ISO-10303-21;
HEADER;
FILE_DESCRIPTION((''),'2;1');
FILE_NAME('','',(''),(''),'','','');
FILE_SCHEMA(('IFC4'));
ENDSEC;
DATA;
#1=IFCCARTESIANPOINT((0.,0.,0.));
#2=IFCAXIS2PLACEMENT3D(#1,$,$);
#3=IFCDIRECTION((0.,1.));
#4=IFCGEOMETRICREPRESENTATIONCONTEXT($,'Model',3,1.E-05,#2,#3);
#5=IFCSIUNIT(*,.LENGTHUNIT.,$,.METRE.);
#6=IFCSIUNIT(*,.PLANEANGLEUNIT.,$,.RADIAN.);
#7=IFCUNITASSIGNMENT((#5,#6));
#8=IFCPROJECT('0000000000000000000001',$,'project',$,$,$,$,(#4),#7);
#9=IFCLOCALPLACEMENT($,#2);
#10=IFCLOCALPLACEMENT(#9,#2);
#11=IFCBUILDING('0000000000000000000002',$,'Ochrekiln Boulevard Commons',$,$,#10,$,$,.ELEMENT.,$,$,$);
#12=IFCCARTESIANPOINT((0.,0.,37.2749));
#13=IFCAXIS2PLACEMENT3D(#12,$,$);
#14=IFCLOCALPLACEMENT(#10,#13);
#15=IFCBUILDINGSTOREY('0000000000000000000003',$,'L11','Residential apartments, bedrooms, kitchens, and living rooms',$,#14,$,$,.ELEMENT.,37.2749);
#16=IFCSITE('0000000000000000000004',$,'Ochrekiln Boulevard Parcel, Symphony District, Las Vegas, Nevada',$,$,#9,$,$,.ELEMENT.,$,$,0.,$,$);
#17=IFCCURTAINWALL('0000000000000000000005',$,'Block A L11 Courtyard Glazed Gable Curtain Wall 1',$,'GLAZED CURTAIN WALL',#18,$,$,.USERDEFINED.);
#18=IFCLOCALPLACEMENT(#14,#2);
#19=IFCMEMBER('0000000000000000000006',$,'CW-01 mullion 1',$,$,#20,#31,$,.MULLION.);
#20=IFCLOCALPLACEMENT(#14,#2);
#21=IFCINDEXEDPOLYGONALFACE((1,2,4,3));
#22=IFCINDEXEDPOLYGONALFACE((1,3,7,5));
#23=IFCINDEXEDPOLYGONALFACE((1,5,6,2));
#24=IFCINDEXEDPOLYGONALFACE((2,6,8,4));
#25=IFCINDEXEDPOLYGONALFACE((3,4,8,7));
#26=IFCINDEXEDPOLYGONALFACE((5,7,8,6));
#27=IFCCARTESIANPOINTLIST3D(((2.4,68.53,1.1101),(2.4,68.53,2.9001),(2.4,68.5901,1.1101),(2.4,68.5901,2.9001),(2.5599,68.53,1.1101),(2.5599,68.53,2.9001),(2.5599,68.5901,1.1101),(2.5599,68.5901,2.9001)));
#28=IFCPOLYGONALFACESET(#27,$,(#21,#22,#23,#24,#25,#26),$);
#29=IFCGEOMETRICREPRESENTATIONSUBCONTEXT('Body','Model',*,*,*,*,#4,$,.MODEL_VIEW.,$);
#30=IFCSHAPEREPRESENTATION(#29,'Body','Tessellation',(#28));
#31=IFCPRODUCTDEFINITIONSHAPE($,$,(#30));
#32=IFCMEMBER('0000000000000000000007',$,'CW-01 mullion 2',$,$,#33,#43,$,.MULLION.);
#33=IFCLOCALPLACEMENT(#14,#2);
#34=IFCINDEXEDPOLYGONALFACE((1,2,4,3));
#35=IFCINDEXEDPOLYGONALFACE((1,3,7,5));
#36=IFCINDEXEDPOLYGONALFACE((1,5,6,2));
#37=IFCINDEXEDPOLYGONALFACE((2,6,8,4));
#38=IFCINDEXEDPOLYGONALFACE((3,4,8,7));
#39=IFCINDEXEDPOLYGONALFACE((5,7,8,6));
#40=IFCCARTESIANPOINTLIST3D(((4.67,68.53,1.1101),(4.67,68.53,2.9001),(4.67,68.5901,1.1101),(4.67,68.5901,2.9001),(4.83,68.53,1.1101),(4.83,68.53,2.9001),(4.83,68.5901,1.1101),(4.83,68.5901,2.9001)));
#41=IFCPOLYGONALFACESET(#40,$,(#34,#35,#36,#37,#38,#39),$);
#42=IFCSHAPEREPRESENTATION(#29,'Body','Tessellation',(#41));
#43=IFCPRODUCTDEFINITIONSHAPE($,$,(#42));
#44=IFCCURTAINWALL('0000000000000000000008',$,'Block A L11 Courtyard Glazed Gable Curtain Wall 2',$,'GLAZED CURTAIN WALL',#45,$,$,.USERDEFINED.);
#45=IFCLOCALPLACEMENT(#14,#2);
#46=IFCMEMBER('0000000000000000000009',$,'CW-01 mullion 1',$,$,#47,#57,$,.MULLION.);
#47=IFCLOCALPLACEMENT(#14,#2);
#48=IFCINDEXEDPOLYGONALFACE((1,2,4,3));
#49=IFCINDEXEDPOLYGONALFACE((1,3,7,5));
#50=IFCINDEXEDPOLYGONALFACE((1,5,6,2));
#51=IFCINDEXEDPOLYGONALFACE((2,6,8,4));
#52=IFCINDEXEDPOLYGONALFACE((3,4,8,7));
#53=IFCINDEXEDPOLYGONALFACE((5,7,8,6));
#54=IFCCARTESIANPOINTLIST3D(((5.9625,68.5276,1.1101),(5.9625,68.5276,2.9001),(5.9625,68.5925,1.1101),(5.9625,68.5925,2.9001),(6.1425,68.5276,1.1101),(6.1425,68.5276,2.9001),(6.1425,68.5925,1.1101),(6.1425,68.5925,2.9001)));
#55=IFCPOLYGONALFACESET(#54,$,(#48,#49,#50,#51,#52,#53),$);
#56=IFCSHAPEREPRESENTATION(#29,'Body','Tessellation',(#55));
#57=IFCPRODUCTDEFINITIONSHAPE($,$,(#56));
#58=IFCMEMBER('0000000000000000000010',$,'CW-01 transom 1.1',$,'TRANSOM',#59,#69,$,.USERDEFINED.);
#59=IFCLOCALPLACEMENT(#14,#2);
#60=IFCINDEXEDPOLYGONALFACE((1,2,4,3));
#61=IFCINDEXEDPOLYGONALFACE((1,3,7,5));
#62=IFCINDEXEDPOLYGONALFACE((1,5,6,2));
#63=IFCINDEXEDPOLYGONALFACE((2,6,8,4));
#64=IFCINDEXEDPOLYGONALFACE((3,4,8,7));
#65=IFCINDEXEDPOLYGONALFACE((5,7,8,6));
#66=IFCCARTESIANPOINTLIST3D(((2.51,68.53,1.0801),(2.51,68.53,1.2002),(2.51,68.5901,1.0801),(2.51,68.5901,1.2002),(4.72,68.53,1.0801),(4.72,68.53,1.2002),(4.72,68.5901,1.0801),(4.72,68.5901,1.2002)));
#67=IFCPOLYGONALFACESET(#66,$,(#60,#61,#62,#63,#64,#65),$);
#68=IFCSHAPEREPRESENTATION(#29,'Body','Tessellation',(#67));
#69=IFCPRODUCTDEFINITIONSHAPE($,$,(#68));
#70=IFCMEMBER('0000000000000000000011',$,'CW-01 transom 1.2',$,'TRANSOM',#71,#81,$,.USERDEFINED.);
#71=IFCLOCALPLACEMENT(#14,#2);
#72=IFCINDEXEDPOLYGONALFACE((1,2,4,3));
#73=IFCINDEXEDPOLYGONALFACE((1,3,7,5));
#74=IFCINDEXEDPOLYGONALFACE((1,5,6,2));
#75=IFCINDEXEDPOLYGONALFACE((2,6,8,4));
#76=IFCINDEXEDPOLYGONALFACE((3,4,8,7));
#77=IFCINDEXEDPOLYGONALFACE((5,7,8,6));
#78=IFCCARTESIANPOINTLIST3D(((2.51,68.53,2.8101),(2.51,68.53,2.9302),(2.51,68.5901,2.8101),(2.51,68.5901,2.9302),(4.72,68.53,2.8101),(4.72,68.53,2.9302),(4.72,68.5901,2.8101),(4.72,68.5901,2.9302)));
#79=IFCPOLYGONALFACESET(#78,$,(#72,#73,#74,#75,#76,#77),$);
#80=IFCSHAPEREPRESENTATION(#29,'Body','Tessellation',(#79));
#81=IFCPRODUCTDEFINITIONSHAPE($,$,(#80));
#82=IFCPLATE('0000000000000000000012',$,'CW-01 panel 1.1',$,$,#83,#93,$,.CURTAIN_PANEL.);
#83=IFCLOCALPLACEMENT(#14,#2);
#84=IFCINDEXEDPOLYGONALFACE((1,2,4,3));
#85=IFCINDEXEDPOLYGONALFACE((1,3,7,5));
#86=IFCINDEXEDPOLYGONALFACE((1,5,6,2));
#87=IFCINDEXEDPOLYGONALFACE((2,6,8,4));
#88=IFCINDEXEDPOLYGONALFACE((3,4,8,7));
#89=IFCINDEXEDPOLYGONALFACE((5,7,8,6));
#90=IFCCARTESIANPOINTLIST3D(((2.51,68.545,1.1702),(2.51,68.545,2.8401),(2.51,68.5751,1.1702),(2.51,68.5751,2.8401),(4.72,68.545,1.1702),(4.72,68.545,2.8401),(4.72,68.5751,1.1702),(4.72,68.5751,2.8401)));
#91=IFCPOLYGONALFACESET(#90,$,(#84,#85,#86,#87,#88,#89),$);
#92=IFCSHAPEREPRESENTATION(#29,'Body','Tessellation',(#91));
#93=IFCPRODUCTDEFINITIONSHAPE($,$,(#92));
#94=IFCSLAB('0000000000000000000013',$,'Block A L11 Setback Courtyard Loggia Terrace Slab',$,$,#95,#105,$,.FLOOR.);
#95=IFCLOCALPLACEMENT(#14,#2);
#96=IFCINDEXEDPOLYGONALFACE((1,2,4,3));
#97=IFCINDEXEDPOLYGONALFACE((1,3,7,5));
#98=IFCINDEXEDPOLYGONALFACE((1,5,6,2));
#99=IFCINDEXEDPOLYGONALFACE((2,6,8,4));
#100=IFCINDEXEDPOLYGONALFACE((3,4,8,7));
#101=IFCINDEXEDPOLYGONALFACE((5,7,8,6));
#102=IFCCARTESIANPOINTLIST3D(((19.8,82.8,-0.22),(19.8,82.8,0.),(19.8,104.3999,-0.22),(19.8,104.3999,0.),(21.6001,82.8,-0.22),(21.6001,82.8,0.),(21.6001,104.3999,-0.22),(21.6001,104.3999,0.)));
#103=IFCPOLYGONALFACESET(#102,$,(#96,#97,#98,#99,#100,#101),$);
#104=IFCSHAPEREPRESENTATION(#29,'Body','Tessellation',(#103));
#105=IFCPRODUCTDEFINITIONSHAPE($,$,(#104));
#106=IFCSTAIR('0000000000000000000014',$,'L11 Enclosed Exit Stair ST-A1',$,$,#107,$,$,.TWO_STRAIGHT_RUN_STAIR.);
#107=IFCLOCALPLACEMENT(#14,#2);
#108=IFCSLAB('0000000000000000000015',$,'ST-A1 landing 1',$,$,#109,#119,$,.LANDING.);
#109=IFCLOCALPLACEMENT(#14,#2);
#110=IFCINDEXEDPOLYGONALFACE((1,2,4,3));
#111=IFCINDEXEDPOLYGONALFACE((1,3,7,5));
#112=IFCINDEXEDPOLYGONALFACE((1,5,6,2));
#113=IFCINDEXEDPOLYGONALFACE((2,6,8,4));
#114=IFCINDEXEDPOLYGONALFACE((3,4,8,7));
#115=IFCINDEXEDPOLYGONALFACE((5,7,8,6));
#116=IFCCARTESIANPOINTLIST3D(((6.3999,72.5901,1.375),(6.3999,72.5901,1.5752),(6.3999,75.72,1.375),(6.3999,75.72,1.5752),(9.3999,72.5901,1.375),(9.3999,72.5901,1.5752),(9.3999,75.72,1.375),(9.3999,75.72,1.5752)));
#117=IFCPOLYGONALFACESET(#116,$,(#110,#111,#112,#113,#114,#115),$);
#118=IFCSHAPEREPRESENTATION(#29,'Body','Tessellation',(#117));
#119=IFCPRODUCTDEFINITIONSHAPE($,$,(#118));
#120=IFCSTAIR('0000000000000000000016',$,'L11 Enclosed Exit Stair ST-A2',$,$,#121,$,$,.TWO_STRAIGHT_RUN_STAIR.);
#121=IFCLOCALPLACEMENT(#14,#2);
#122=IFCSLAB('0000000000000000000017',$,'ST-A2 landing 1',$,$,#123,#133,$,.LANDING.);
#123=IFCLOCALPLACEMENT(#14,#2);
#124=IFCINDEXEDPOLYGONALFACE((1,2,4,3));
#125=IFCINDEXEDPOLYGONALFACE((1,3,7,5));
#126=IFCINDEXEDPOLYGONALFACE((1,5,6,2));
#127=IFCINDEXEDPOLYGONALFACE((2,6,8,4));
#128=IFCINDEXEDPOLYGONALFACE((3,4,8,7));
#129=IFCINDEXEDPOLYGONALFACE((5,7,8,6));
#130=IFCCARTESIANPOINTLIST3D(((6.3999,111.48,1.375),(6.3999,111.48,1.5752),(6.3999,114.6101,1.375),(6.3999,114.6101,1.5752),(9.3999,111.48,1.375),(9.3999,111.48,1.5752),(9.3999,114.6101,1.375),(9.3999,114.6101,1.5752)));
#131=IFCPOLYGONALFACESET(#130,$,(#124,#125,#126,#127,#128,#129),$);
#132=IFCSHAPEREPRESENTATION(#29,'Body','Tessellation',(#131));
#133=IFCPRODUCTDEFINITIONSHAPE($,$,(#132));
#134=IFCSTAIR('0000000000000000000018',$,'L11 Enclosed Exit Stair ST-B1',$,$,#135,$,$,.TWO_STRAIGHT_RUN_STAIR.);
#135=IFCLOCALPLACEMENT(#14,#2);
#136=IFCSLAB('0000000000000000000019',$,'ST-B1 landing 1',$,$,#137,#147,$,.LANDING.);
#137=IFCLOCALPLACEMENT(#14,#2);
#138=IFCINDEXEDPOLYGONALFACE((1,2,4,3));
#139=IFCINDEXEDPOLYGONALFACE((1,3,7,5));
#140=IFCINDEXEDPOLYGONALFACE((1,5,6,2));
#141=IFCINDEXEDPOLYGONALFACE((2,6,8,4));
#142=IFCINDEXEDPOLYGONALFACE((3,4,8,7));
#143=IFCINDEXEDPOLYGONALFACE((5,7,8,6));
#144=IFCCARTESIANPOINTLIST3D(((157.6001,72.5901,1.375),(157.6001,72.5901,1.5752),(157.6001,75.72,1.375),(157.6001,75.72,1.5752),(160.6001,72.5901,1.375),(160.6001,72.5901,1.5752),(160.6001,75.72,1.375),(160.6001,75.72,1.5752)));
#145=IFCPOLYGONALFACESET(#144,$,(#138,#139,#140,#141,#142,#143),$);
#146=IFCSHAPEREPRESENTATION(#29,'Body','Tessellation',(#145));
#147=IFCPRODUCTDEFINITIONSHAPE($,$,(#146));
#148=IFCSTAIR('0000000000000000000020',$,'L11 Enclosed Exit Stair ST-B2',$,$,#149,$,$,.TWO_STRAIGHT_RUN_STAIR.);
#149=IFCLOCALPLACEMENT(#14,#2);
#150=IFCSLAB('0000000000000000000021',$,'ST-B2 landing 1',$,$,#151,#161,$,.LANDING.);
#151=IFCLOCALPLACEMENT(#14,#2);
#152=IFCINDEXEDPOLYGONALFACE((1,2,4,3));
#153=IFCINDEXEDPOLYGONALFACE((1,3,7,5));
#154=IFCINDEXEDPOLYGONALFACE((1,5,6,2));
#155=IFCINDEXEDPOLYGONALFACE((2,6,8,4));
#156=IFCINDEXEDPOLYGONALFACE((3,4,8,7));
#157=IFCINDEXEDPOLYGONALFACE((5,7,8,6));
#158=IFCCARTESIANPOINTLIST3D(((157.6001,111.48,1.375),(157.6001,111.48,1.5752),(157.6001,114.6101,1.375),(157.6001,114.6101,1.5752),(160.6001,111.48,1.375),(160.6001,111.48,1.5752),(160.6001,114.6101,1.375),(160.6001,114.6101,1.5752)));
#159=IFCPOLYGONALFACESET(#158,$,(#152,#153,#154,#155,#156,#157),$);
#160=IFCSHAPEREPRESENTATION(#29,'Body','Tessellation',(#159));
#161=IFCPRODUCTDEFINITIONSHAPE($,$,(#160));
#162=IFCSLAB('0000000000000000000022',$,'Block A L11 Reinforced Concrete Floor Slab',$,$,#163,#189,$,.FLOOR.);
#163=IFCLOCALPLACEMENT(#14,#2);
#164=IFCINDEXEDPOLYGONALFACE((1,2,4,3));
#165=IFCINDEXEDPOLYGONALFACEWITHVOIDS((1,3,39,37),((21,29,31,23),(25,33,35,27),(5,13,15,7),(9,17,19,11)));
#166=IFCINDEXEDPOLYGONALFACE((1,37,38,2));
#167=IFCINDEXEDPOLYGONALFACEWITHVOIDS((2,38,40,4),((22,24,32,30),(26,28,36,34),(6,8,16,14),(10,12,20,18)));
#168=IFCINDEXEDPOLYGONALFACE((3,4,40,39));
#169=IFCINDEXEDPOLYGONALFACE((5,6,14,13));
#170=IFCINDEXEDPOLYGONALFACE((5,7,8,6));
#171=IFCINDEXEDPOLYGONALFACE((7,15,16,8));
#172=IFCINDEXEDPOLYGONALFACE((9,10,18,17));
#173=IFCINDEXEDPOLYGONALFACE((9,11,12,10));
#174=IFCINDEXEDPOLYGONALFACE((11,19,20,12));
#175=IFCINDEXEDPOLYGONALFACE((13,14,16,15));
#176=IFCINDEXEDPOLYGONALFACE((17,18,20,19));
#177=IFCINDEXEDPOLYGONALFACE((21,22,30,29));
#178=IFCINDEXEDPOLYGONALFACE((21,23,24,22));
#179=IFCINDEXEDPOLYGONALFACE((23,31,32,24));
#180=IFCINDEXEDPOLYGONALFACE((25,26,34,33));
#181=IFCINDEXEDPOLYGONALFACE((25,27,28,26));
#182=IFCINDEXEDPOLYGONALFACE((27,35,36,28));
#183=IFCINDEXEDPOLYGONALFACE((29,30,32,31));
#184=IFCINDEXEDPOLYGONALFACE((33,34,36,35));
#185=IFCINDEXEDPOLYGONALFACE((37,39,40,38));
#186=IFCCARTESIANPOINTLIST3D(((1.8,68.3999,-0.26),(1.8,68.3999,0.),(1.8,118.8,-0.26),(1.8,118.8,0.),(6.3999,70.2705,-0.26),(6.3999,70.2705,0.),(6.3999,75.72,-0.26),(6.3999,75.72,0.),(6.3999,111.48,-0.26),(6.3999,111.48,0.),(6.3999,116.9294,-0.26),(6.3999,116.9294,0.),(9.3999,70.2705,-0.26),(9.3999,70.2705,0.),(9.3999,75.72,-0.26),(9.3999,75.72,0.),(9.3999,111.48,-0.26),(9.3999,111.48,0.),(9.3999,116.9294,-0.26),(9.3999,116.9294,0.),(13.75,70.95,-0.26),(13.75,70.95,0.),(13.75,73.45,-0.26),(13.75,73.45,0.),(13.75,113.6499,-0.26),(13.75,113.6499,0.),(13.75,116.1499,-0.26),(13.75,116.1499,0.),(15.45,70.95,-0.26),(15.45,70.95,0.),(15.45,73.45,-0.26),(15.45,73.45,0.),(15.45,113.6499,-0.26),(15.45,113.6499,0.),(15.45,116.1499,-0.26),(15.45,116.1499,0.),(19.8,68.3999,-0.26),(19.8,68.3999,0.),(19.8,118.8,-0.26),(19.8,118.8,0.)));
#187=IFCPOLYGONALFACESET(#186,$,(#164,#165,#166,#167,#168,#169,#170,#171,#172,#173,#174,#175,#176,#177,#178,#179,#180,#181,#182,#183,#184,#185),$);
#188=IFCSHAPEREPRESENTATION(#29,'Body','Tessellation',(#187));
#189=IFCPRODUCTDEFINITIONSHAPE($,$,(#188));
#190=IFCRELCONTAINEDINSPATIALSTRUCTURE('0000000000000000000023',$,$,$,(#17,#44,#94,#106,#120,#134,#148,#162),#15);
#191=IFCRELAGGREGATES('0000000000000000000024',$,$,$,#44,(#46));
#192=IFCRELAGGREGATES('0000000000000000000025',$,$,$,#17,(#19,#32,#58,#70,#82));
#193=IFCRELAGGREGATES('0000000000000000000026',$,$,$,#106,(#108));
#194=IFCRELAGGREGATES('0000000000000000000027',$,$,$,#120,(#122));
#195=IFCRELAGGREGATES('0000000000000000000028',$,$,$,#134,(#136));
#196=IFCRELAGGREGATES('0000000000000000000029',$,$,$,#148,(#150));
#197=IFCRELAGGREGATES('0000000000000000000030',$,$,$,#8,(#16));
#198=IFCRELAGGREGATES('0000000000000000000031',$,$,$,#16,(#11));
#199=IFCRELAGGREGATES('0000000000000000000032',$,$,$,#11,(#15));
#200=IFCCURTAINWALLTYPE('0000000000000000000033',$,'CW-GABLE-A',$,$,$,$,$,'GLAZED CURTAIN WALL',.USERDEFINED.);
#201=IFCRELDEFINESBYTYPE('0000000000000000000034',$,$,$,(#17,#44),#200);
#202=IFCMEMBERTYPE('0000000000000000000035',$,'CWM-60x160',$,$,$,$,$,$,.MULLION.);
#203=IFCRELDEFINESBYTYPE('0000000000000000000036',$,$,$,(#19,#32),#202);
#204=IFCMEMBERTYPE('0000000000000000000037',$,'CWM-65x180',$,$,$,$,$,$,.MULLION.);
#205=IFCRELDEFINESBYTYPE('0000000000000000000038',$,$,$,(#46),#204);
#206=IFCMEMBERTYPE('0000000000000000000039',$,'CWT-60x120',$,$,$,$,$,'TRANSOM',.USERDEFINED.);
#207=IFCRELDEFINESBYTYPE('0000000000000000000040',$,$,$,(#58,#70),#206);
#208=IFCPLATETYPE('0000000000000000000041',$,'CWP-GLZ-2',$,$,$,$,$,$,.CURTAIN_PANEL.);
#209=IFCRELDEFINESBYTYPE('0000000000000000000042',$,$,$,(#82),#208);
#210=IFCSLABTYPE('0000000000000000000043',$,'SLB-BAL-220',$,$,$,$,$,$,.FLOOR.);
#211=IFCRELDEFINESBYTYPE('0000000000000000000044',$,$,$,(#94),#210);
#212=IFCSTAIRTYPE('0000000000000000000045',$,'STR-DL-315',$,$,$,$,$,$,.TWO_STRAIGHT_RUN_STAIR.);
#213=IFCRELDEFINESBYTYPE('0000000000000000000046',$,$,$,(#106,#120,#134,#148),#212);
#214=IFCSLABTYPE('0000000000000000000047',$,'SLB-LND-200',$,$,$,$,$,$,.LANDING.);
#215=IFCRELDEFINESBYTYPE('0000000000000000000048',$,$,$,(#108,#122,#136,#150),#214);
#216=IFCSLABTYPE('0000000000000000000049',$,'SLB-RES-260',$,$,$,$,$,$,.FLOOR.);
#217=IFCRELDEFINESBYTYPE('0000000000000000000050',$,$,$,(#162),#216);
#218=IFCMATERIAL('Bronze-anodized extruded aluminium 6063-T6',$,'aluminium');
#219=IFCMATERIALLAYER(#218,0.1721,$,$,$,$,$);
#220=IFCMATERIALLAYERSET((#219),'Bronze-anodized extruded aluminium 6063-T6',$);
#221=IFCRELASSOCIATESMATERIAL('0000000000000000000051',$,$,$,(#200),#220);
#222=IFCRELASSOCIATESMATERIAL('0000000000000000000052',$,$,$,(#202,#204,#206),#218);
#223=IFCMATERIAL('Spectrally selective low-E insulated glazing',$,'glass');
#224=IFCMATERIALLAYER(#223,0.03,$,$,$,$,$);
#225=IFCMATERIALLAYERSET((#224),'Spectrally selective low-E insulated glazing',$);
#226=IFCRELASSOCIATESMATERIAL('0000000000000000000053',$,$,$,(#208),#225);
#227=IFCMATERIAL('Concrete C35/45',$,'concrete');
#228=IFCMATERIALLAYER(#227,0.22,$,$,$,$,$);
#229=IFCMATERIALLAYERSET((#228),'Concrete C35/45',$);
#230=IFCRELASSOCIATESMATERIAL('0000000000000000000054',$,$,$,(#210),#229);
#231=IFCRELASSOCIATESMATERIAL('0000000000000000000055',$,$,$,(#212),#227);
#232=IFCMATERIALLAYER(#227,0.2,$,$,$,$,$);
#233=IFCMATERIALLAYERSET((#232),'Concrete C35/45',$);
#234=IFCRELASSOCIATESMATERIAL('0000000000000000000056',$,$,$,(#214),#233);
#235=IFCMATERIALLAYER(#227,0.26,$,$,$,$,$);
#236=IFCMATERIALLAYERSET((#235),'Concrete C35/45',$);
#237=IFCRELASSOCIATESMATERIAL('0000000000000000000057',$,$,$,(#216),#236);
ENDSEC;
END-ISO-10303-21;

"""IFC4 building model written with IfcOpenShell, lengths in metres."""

from ifc_helpers import new_model, si_unit, direction, frame, origin, origin_2d, place, context, subcontext, project, spatial, polyline, rectangle, outline, extrude, material, layer, layer_set, material_profile, profile_set, type_object, element, aggregate, save


model = new_model("IFC4")

# Units and contexts
model_context = context("Model", 3, precision=1e-05, world=origin(), true_north=direction((0.0, 1.0)))
body_context = subcontext(model_context, "Body", "Model", "MODEL_VIEW")
ifc_project = project(units=[si_unit("LENGTHUNIT", "METRE"), si_unit("PLANEANGLEUNIT", "RADIAN")], contexts=[model_context])

# Site, building, storey
site_placement = place(None, origin())
site = spatial("IfcSite", under=ifc_project, at=site_placement, Name="Ochrekiln Boulevard Parcel, Symphony District, Las Vegas, Nevada", CompositionType="ELEMENT", RefElevation=0.0)
building_placement = place(site_placement, origin())
building = spatial("IfcBuilding", under=site, at=building_placement, Name="Ochrekiln Boulevard Commons", CompositionType="ELEMENT")
storey_placement = place(building_placement, frame((0.0, 0.0, 37.2749)))
storey = spatial("IfcBuildingStorey", under=building, at=storey_placement, Name="L11", Description="Residential apartments, bedrooms, kitchens, and living rooms", CompositionType="ELEMENT", Elevation=37.2749)

# Curtain wall, members
ifc_material_1 = material(Name="Bronze-anodized extruded aluminium 6063-T6", Category="aluminium")
ifc_layer_1 = layer(ifc_material_1, 0.1721)
ifc_layer_set_1 = layer_set([ifc_layer_1], Name="Bronze-anodized extruded aluminium 6063-T6")
curtain_wall_type = type_object("IfcCurtainWallType", Name="CW-GABLE-A", ElementType="GLAZED CURTAIN WALL", PredefinedType="USERDEFINED", material=ifc_layer_set_1)
curtain_wall_1_placement = place(storey_placement, origin())
curtain_wall_1 = element("IfcCurtainWall", 1, at=curtain_wall_1_placement, inside=storey, type_object=curtain_wall_type, Name="Block A L11 Courtyard Glazed Gable Curtain Wall 1", ObjectType="GLAZED CURTAIN WALL", PredefinedType="USERDEFINED")
ifc_material_profile_1 = material_profile(ifc_material_1, rectangle(XDim=0.0601, YDim=0.1599, at=origin_2d()), Name="ALU-MUL-60x160")
ifc_profile_set_1 = profile_set([ifc_material_profile_1], Name="Bronze-anodized extruded aluminium 6063-T6")
member_type_1 = type_object("IfcMemberType", Name="CWM-60x160", PredefinedType="MULLION", material=ifc_profile_set_1)
member_1_placement = place(storey_placement, frame((2.48, 68.5601, 1.1101), z_axis=(0.0, 0.0, 1.0), x_axis=(0.0, 1.0, 0.0)))
member_1 = element("IfcMember", 2, at=member_1_placement, type_object=member_type_1, Name="CW-01 mullion 1", PredefinedType="MULLION", context=body_context, shape_type="SweptSolid", body=[
    extrude(rectangle(XDim=0.0601, YDim=0.1599, at=origin_2d()), origin(), (0.0, 0.0, 1.0), 1.79),
])
member_2_placement = place(storey_placement, frame((4.75, 68.5601, 1.1101), z_axis=(0.0, 0.0, 1.0), x_axis=(0.0, 1.0, 0.0)))
member_2 = element("IfcMember", 3, at=member_2_placement, type_object=member_type_1, Name="CW-01 mullion 2", PredefinedType="MULLION", context=body_context, shape_type="SweptSolid", body=[
    extrude(rectangle(XDim=0.0601, YDim=0.1599, at=origin_2d()), origin(), (0.0, 0.0, 1.0), 1.79),
])

# Curtain wall, member
curtain_wall_2_placement = place(storey_placement, origin())
curtain_wall_2 = element("IfcCurtainWall", 4, at=curtain_wall_2_placement, inside=storey, type_object=curtain_wall_type, Name="Block A L11 Courtyard Glazed Gable Curtain Wall 2", ObjectType="GLAZED CURTAIN WALL", PredefinedType="USERDEFINED")
ifc_material_profile_2 = material_profile(ifc_material_1, rectangle(XDim=0.0649, YDim=0.1799, at=origin_2d()), Name="ALU-MUL-65x180")
ifc_profile_set_2 = profile_set([ifc_material_profile_2], Name="Bronze-anodized extruded aluminium 6063-T6")
member_type_2 = type_object("IfcMemberType", Name="CWM-65x180", PredefinedType="MULLION", material=ifc_profile_set_2)
member_3_placement = place(storey_placement, frame((6.0525, 68.5601, 1.1101), z_axis=(0.0, 0.0, 1.0), x_axis=(0.0, 1.0, 0.0)))
member_3 = element("IfcMember", 5, at=member_3_placement, type_object=member_type_2, Name="CW-01 mullion 1", PredefinedType="MULLION", context=body_context, shape_type="SweptSolid", body=[
    extrude(rectangle(XDim=0.0649, YDim=0.1799, at=origin_2d()), origin(), (0.0, 0.0, 1.0), 1.79),
])
aggregate(curtain_wall_2, [member_3])

# Members
ifc_material_profile_3 = material_profile(ifc_material_1, rectangle(XDim=0.0601, YDim=0.1201, at=origin_2d()), Name="ALU-TRN-60x120")
ifc_profile_set_3 = profile_set([ifc_material_profile_3], Name="Bronze-anodized extruded aluminium 6063-T6")
member_type_3 = type_object("IfcMemberType", Name="CWT-60x120", ElementType="TRANSOM", PredefinedType="USERDEFINED", material=ifc_profile_set_3)
member_4_placement = place(storey_placement, frame((2.51, 68.5601, 1.1401), z_axis=(1.0, 0.0, 0.0), x_axis=(0.0, 1.0, 0.0)))
member_4 = element("IfcMember", 6, at=member_4_placement, type_object=member_type_3, Name="CW-01 transom 1.1", ObjectType="TRANSOM", PredefinedType="USERDEFINED", context=body_context, shape_type="SweptSolid", body=[
    extrude(rectangle(XDim=0.0601, YDim=0.1201, at=origin_2d()), origin(), (0.0, 0.0, 1.0), 2.21),
])
member_5_placement = place(storey_placement, frame((2.51, 68.5601, 2.8701), z_axis=(1.0, 0.0, 0.0), x_axis=(0.0, 1.0, 0.0)))
member_5 = element("IfcMember", 7, at=member_5_placement, type_object=member_type_3, Name="CW-01 transom 1.2", ObjectType="TRANSOM", PredefinedType="USERDEFINED", context=body_context, shape_type="SweptSolid", body=[
    extrude(rectangle(XDim=0.0601, YDim=0.1201, at=origin_2d()), origin(), (0.0, 0.0, 1.0), 2.21),
])

# Plate
ifc_material_2 = material(Name="Spectrally selective low-E insulated glazing", Category="glass")
ifc_layer_2 = layer(ifc_material_2, 0.03)
ifc_layer_set_2 = layer_set([ifc_layer_2], Name="Spectrally selective low-E insulated glazing")
plate_type = type_object("IfcPlateType", Name="CWP-GLZ-2", PredefinedType="CURTAIN_PANEL", material=ifc_layer_set_2)
plate_placement = place(storey_placement, frame((3.615, 68.5601, 1.1702), z_axis=(0.0, 0.0, 1.0), x_axis=(1.0, 0.0, 0.0)))
plate = element("IfcPlate", 8, at=plate_placement, type_object=plate_type, Name="CW-01 panel 1.1", PredefinedType="CURTAIN_PANEL", context=body_context, shape_type="SweptSolid", body=[
    extrude(rectangle(XDim=2.21, YDim=0.03, at=origin_2d()), origin(), (0.0, 0.0, 1.0), 1.6699),
])
aggregate(curtain_wall_1, [member_1, member_2, member_4, member_5, plate])

# Slab
ifc_material_3 = material(Name="Concrete C35/45", Category="concrete")
ifc_layer_3 = layer(ifc_material_3, 0.22)
ifc_layer_set_3 = layer_set([ifc_layer_3], Name="Concrete C35/45")
slab_type_1 = type_object("IfcSlabType", Name="SLB-BAL-220", PredefinedType="FLOOR", material=ifc_layer_set_3)
slab_1_placement = place(storey_placement, frame((0.0, 0.0, -0.22)))
element("IfcSlab", 9, at=slab_1_placement, inside=storey, type_object=slab_type_1, Name="Block A L11 Setback Courtyard Loggia Terrace Slab", PredefinedType="FLOOR", context=body_context, shape_type="SweptSolid", body=[
    extrude(outline(polyline([(19.8, 82.8), (21.6001, 82.8), (21.6001, 104.3999), (19.8, 104.3999), (19.8, 82.8)])), origin(), (0.0, 0.0, 1.0), 0.22),
])

# Stairs, slabs
stair_type = type_object("IfcStairType", Name="STR-DL-315", PredefinedType="TWO_STRAIGHT_RUN_STAIR", material=ifc_material_3)
stair_1_placement = place(storey_placement, origin())
stair_1 = element("IfcStair", 10, at=stair_1_placement, inside=storey, type_object=stair_type, Name="L11 Enclosed Exit Stair ST-A1", PredefinedType="TWO_STRAIGHT_RUN_STAIR")
ifc_layer_4 = layer(ifc_material_3, 0.2)
ifc_layer_set_4 = layer_set([ifc_layer_4], Name="Concrete C35/45")
slab_type_2 = type_object("IfcSlabType", Name="SLB-LND-200", PredefinedType="LANDING", material=ifc_layer_set_4)
slab_2_placement = place(storey_placement, frame((0.0, 0.0, 1.375)))
slab_2 = element("IfcSlab", 11, at=slab_2_placement, type_object=slab_type_2, Name="ST-A1 landing 1", PredefinedType="LANDING", context=body_context, shape_type="SweptSolid", body=[
    extrude(outline(polyline([(9.3999, 72.5901), (9.3999, 75.72), (6.3999, 75.72), (6.3999, 72.5901), (9.3999, 72.5901)])), origin(), (0.0, 0.0, 1.0), 0.2002),
])
aggregate(stair_1, [slab_2])
stair_2_placement = place(storey_placement, origin())
stair_2 = element("IfcStair", 12, at=stair_2_placement, inside=storey, type_object=stair_type, Name="L11 Enclosed Exit Stair ST-A2", PredefinedType="TWO_STRAIGHT_RUN_STAIR")
slab_3_placement = place(storey_placement, frame((0.0, 0.0, 1.375)))
slab_3 = element("IfcSlab", 13, at=slab_3_placement, type_object=slab_type_2, Name="ST-A2 landing 1", PredefinedType="LANDING", context=body_context, shape_type="SweptSolid", body=[
    extrude(outline(polyline([(6.3999, 114.6101), (6.3999, 111.48), (9.3999, 111.48), (9.3999, 114.6101), (6.3999, 114.6101)])), origin(), (0.0, 0.0, 1.0), 0.2002),
])
aggregate(stair_2, [slab_3])
stair_3_placement = place(storey_placement, origin())
stair_3 = element("IfcStair", 14, at=stair_3_placement, inside=storey, type_object=stair_type, Name="L11 Enclosed Exit Stair ST-B1", PredefinedType="TWO_STRAIGHT_RUN_STAIR")
slab_4_placement = place(storey_placement, frame((0.0, 0.0, 1.375)))
slab_4 = element("IfcSlab", 15, at=slab_4_placement, type_object=slab_type_2, Name="ST-B1 landing 1", PredefinedType="LANDING", context=body_context, shape_type="SweptSolid", body=[
    extrude(outline(polyline([(160.6001, 72.5901), (160.6001, 75.72), (157.6001, 75.72), (157.6001, 72.5901), (160.6001, 72.5901)])), origin(), (0.0, 0.0, 1.0), 0.2002),
])
aggregate(stair_3, [slab_4])
stair_4_placement = place(storey_placement, origin())
stair_4 = element("IfcStair", 16, at=stair_4_placement, inside=storey, type_object=stair_type, Name="L11 Enclosed Exit Stair ST-B2", PredefinedType="TWO_STRAIGHT_RUN_STAIR")
slab_5_placement = place(storey_placement, frame((0.0, 0.0, 1.375)))
slab_5 = element("IfcSlab", 17, at=slab_5_placement, type_object=slab_type_2, Name="ST-B2 landing 1", PredefinedType="LANDING", context=body_context, shape_type="SweptSolid", body=[
    extrude(outline(polyline([(157.6001, 114.6101), (157.6001, 111.48), (160.6001, 111.48), (160.6001, 114.6101), (157.6001, 114.6101)])), origin(), (0.0, 0.0, 1.0), 0.2002),
])
aggregate(stair_4, [slab_5])

# Slab
ifc_layer_5 = layer(ifc_material_3, 0.26)
ifc_layer_set_5 = layer_set([ifc_layer_5], Name="Concrete C35/45")
slab_type_3 = type_object("IfcSlabType", Name="SLB-RES-260", PredefinedType="FLOOR", material=ifc_layer_set_5)
slab_6_placement = place(storey_placement, frame((0.0, 0.0, -0.26)))
element("IfcSlab", 18, at=slab_6_placement, inside=storey, type_object=slab_type_3, Name="Block A L11 Reinforced Concrete Floor Slab", PredefinedType="FLOOR", context=body_context, shape_type="SweptSolid", body=[
    extrude(outline(polyline([(1.8, 68.3999), (19.8, 68.3999), (19.8, 118.8), (1.8, 118.8), (1.8, 68.3999)]), holes=[polyline([(9.3999, 70.2705), (9.3999, 75.72), (6.3999, 75.72), (6.3999, 70.2705), (9.3999, 70.2705)]), polyline([(6.3999, 116.9294), (6.3999, 111.48), (9.3999, 111.48), (9.3999, 116.9294), (6.3999, 116.9294)]), polyline([(13.75, 70.95), (15.45, 70.95), (15.45, 73.45), (13.75, 73.45), (13.75, 70.95)]), polyline([(13.75, 113.6499), (15.45, 113.6499), (15.45, 116.1499), (13.75, 116.1499), (13.75, 113.6499)])]), origin(), (0.0, 0.0, 1.0), 0.26),
])

save(model, "model.ifc")
